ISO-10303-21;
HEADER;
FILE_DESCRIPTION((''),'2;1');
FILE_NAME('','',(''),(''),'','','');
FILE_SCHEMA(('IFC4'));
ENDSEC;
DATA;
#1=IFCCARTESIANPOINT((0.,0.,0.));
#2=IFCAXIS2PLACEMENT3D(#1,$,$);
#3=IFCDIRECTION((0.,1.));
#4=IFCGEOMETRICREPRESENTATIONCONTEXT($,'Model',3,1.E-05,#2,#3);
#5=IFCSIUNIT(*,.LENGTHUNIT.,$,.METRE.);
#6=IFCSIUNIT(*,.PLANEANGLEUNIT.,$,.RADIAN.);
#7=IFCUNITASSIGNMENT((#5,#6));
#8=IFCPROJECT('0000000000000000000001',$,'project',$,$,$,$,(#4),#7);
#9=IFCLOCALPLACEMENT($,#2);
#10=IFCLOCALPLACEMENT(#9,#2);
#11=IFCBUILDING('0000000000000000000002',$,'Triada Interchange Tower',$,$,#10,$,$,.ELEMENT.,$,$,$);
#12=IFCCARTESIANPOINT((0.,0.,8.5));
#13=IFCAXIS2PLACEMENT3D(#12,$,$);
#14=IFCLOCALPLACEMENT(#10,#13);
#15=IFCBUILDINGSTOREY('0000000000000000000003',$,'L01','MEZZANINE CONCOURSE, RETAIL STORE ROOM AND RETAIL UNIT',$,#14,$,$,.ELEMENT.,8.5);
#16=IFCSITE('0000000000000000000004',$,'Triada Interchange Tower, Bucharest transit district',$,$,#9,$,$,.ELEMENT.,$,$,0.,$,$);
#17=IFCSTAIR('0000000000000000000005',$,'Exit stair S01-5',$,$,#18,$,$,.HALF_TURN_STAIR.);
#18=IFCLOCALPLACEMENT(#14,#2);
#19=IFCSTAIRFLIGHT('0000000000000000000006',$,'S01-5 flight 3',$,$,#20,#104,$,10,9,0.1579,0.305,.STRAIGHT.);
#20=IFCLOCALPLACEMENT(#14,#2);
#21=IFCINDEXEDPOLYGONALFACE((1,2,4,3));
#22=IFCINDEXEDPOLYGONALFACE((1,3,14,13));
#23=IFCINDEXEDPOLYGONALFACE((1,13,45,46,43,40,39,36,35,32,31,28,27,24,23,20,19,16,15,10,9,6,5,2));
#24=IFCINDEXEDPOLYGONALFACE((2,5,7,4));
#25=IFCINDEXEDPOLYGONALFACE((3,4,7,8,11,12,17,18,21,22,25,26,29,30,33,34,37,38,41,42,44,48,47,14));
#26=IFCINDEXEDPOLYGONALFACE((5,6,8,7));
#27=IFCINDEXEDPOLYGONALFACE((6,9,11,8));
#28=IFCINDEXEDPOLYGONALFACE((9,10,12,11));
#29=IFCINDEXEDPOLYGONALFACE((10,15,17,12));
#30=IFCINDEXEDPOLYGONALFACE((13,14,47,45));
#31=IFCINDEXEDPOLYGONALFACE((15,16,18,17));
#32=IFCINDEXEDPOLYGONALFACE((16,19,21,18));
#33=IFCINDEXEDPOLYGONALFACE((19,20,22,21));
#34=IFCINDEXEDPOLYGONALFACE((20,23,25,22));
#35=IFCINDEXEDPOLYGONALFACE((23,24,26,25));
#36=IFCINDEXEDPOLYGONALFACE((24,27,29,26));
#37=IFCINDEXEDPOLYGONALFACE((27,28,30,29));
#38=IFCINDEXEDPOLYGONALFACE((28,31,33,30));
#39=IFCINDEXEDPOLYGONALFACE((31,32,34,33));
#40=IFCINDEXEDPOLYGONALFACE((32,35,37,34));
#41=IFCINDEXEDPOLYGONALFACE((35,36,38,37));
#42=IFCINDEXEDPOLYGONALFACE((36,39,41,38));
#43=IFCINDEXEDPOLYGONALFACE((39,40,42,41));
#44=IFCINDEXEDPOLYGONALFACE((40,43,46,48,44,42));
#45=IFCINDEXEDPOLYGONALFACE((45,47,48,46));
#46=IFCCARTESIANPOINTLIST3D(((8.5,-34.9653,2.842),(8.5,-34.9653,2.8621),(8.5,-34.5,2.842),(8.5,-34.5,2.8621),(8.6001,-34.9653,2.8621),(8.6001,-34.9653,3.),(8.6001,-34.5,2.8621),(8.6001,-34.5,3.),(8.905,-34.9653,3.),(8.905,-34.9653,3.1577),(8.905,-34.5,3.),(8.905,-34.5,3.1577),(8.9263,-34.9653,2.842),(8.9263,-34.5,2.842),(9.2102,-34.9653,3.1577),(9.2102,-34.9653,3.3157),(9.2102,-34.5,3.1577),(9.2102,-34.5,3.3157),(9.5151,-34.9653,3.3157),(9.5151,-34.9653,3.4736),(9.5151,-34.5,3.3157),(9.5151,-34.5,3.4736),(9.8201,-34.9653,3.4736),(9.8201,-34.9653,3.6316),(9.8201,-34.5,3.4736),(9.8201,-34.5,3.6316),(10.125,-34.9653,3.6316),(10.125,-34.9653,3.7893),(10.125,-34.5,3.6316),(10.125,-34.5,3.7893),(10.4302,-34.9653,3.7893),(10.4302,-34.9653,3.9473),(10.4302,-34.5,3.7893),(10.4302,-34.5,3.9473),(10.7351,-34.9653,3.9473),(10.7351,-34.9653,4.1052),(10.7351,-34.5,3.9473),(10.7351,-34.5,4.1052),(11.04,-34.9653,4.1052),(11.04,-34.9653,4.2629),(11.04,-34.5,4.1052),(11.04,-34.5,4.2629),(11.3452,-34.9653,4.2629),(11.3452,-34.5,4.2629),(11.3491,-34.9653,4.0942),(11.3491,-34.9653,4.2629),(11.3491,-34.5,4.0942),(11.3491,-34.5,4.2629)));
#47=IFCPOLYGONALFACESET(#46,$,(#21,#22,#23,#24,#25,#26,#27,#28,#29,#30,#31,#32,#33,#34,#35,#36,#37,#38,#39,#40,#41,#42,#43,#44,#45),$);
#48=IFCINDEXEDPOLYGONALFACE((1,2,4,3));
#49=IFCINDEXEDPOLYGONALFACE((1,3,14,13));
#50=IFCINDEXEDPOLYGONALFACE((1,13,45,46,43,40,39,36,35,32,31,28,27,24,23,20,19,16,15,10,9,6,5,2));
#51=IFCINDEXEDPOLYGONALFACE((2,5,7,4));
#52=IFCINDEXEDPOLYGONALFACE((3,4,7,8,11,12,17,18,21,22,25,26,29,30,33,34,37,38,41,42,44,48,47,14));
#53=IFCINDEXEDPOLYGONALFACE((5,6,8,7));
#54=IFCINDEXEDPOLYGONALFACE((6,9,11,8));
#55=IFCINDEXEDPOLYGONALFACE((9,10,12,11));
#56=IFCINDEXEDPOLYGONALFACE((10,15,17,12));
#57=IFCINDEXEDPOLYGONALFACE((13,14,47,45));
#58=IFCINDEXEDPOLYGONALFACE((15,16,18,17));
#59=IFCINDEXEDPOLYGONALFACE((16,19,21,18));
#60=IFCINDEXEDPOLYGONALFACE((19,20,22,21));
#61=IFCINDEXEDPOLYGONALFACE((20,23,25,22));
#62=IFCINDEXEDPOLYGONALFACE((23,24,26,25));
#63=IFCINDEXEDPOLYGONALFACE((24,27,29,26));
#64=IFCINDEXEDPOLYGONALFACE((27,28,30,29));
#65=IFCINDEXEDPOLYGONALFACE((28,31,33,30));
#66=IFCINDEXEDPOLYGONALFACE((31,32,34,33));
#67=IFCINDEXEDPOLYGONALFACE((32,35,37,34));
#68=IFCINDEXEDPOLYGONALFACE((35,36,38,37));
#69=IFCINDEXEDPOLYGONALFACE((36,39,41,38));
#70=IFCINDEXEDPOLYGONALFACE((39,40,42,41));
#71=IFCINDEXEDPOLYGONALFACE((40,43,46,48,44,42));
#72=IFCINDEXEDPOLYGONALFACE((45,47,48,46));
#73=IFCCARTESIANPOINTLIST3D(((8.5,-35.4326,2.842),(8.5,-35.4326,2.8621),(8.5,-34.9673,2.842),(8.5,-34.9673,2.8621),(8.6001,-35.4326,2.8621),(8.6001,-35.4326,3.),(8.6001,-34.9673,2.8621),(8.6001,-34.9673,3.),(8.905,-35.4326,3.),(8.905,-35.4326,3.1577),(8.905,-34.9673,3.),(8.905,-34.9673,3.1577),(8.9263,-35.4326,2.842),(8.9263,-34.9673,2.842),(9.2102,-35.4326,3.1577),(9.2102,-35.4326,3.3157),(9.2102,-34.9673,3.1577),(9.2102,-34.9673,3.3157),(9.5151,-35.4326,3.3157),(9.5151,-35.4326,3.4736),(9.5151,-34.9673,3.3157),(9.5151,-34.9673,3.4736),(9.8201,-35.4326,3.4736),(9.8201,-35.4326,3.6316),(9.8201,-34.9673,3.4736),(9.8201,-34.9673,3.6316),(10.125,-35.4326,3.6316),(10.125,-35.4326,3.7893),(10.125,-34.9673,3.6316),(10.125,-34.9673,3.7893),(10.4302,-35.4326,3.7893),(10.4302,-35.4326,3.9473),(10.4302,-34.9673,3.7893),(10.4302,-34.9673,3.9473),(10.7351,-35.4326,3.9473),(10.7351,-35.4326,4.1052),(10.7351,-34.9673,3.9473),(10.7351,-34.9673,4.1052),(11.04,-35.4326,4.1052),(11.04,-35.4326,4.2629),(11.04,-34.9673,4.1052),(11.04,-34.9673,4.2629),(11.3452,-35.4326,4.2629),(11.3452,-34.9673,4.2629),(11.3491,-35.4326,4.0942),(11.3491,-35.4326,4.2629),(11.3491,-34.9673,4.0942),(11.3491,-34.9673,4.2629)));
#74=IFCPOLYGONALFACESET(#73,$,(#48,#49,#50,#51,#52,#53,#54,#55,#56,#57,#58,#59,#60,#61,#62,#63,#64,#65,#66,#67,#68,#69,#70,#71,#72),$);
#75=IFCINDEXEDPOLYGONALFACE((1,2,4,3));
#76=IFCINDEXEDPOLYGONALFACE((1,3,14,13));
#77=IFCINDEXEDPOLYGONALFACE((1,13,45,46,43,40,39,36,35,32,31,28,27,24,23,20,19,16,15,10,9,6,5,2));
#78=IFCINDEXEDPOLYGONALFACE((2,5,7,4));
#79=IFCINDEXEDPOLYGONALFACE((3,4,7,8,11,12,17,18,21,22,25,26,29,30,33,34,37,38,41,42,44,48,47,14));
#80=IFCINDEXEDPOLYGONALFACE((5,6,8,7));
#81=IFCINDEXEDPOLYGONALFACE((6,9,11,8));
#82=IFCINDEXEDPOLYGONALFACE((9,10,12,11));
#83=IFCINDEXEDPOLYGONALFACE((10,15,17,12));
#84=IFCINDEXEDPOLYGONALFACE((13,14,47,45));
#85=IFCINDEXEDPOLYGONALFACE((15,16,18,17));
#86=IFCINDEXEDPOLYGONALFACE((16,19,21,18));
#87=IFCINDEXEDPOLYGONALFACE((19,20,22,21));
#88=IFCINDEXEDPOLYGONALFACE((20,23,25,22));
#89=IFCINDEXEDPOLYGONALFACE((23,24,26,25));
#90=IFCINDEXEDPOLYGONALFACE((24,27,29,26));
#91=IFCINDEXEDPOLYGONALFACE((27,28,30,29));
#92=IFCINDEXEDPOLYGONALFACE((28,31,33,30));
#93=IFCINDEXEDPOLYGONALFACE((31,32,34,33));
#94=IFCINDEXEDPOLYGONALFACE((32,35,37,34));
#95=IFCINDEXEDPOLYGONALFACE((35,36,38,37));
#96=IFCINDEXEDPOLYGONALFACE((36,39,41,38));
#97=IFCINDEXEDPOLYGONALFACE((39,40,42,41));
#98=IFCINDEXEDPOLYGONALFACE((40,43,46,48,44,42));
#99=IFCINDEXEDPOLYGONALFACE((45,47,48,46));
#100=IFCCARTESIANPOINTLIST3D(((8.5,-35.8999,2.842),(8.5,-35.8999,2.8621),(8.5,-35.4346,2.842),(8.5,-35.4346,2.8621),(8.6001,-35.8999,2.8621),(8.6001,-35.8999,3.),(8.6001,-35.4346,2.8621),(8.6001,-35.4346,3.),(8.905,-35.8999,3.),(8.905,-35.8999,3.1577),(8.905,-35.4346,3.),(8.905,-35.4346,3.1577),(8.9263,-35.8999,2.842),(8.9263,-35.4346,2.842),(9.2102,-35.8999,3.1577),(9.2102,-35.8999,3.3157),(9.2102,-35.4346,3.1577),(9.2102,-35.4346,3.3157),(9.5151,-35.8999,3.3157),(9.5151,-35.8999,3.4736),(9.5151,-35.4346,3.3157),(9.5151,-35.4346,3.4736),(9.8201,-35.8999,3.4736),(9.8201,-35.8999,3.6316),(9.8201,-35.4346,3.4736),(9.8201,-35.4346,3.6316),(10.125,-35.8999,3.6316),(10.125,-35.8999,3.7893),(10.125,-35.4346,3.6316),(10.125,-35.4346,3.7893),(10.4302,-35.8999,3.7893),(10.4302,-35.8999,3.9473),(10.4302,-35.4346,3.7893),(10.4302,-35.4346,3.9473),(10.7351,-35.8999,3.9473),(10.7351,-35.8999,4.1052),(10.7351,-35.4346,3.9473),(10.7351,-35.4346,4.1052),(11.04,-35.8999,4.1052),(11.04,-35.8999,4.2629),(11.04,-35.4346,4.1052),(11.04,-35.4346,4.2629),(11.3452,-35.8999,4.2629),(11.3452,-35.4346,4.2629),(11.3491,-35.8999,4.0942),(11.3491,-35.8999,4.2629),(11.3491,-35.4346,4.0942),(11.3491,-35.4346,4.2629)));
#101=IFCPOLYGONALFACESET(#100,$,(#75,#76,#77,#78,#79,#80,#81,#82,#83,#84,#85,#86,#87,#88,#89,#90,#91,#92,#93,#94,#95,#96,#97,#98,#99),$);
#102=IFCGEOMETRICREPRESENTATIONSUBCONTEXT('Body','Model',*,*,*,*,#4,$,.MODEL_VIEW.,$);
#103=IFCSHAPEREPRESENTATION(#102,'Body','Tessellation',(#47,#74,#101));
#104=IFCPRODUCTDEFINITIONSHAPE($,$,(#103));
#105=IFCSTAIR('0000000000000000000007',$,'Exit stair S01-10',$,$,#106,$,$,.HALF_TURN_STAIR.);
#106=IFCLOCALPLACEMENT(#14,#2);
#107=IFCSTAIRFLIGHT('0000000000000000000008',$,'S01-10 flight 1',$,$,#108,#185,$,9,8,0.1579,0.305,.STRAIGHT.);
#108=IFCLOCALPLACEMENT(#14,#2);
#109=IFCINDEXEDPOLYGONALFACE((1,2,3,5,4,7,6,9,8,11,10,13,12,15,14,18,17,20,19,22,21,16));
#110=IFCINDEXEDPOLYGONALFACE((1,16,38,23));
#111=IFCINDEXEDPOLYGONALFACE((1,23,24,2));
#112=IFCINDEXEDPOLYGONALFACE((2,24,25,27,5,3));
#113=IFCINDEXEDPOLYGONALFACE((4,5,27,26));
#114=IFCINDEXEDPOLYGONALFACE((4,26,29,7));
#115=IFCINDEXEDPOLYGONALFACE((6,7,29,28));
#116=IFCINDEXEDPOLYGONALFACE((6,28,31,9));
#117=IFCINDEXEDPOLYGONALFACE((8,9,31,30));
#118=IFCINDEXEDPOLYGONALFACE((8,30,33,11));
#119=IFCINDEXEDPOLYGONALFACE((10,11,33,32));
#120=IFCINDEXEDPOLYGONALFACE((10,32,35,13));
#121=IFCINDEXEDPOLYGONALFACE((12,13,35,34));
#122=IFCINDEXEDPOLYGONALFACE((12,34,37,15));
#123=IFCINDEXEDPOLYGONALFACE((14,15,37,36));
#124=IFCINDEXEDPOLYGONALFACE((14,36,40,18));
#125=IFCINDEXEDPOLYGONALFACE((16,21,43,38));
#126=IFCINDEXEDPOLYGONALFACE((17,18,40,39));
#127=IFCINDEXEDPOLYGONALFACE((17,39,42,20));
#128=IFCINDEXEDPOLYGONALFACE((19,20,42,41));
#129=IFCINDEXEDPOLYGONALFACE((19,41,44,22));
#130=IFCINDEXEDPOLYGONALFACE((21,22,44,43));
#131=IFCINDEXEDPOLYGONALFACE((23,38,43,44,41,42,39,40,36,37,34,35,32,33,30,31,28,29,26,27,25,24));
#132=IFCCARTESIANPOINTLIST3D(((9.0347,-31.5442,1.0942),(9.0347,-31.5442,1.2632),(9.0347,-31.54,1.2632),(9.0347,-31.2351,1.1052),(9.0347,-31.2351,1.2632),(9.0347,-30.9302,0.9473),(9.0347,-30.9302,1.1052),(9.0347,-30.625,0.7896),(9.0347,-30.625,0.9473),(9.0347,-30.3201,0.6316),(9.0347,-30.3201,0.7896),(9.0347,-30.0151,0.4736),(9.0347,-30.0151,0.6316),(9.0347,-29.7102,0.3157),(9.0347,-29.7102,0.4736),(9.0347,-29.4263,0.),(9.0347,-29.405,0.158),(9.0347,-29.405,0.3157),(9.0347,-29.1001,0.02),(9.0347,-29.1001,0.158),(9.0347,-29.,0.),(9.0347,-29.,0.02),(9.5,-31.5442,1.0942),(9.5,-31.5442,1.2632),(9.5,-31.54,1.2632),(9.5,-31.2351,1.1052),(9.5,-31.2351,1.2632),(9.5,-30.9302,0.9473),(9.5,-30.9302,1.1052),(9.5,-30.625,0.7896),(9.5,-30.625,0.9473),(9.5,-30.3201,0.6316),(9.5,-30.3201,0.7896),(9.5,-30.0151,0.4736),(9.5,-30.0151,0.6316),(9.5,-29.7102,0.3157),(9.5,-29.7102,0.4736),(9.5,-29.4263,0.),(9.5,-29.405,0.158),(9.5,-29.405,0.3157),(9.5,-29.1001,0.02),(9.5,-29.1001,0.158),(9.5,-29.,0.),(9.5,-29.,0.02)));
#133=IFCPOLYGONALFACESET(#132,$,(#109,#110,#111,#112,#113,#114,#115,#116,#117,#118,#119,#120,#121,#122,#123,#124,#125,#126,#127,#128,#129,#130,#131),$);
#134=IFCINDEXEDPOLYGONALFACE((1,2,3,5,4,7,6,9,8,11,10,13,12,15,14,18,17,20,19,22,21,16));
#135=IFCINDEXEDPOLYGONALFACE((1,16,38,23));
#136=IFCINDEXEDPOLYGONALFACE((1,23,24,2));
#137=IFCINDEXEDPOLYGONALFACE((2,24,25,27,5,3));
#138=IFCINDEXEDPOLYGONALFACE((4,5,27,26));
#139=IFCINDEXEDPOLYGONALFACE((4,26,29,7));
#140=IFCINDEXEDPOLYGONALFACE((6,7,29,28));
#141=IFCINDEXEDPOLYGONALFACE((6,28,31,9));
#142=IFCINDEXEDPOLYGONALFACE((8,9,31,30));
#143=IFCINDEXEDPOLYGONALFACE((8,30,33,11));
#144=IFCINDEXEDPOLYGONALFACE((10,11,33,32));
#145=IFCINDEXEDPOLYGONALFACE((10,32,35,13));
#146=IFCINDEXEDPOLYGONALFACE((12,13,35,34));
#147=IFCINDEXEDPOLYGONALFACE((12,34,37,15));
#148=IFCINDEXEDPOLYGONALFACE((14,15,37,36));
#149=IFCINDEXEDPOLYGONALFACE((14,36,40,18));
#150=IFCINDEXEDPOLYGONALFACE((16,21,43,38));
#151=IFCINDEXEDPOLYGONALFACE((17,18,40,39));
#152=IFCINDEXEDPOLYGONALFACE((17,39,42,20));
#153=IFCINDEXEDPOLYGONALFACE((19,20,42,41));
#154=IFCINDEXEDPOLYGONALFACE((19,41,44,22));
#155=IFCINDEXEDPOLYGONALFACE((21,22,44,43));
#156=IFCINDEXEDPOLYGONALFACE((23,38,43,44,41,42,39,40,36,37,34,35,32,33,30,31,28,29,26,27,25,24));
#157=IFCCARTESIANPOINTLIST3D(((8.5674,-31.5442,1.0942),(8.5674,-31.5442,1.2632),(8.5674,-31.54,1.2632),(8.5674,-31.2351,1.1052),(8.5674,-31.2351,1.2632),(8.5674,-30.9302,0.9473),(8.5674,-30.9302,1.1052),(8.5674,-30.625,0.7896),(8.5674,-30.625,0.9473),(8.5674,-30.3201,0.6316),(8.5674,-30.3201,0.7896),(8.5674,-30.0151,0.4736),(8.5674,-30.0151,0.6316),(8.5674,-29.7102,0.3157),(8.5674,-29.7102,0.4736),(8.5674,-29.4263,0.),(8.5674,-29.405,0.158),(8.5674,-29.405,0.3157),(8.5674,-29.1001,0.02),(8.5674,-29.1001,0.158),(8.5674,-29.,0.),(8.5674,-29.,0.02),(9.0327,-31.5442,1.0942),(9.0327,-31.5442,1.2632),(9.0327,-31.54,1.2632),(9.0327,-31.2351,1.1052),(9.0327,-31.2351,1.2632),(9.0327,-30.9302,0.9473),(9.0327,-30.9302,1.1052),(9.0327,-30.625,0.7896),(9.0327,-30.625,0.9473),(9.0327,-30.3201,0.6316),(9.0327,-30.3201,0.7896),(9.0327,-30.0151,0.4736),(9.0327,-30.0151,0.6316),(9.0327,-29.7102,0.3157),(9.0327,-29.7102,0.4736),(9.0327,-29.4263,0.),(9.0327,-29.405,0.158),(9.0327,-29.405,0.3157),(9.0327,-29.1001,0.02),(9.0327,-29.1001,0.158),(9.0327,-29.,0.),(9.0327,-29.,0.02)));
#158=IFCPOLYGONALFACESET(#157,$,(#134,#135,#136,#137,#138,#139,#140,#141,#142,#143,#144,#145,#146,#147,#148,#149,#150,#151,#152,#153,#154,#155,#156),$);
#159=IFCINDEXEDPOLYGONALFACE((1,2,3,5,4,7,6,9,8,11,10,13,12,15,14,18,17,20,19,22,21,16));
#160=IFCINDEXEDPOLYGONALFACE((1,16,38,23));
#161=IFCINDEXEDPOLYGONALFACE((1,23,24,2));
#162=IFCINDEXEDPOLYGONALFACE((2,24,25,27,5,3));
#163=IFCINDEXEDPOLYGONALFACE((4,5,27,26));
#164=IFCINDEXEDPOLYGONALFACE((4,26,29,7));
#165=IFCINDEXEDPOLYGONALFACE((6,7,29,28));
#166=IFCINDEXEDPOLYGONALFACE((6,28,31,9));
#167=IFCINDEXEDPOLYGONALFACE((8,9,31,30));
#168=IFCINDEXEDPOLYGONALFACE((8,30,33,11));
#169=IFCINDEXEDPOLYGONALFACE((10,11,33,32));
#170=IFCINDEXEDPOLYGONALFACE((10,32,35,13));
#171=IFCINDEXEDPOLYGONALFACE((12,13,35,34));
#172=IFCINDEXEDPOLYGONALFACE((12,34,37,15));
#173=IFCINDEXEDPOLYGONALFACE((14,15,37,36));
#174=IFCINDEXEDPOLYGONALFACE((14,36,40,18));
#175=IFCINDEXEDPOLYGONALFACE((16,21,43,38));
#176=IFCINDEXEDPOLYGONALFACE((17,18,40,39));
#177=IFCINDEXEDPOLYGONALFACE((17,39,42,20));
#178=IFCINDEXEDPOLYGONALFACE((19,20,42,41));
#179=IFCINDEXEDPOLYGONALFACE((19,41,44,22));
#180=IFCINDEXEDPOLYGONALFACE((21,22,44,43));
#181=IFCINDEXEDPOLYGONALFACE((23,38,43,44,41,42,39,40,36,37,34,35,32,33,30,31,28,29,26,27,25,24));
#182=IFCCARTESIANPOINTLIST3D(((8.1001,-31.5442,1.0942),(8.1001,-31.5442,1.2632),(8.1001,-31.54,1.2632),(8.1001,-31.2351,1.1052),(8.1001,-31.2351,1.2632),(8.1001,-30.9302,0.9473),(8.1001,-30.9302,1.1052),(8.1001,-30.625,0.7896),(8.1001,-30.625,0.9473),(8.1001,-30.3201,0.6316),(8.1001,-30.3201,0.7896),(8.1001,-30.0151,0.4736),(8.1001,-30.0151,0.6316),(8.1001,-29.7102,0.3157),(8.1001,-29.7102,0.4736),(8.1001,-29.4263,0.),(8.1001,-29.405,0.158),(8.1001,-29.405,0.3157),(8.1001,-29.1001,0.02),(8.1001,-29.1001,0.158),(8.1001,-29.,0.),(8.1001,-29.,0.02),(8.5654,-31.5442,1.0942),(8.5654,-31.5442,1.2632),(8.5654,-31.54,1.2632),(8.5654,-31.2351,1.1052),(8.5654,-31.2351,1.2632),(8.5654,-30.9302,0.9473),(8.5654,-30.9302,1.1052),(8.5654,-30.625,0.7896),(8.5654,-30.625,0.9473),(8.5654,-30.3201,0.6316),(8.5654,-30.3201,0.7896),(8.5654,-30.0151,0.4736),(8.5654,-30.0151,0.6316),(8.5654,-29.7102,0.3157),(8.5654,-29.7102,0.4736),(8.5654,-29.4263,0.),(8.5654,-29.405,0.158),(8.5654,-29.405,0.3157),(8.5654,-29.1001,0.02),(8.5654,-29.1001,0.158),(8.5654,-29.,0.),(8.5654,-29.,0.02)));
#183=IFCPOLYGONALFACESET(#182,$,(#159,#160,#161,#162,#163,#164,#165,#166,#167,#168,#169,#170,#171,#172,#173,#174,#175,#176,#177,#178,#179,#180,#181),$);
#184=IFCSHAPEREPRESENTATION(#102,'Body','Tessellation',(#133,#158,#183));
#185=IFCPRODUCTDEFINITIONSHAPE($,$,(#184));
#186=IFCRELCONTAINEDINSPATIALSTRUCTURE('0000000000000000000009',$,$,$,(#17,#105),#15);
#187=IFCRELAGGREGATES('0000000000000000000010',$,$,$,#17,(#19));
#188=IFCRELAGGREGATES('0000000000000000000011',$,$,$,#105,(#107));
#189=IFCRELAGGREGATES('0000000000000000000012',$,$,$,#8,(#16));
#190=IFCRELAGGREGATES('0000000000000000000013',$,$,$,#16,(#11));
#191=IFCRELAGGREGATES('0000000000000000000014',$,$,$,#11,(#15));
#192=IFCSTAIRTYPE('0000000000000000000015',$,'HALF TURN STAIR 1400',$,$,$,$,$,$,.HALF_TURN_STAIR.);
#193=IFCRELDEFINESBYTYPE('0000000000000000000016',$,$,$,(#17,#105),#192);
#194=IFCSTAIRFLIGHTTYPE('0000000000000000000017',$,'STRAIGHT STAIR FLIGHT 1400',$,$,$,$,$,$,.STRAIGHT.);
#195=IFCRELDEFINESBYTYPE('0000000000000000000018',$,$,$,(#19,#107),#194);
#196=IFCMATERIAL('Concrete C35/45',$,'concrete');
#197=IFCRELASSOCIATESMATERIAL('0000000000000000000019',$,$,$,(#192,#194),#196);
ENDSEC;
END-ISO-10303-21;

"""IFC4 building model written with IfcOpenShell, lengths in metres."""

from ifc_helpers import new_model, si_unit, direction, frame, origin, place, context, subcontext, project, spatial, polyline, outline, extrude, material, type_object, element, aggregate, save


model = new_model("IFC4")

# Units and contexts
model_context = context("Model", 3, precision=1e-05, world=origin(), true_north=direction((0.0, 1.0)))
body_context = subcontext(model_context, "Body", "Model", "MODEL_VIEW")
ifc_project = project(units=[si_unit("LENGTHUNIT", "METRE"), si_unit("PLANEANGLEUNIT", "RADIAN")], contexts=[model_context])

# Site, building, storey
site_placement = place(None, origin())
site = spatial("IfcSite", under=ifc_project, at=site_placement, Name="Triada Interchange Tower, Bucharest transit district", CompositionType="ELEMENT", RefElevation=0.0)
building_placement = place(site_placement, origin())
building = spatial("IfcBuilding", under=site, at=building_placement, Name="Triada Interchange Tower", CompositionType="ELEMENT")
storey_placement = place(building_placement, frame((0.0, 0.0, 8.5)))
storey = spatial("IfcBuildingStorey", under=building, at=storey_placement, Name="L01", Description="MEZZANINE CONCOURSE, RETAIL STORE ROOM AND RETAIL UNIT", CompositionType="ELEMENT", Elevation=8.5)

# Shared definitions
ifc_material_1 = material(Name="Concrete C35/45", Category="concrete")

# Stair, stair flight
stair_type = type_object("IfcStairType", Name="HALF TURN STAIR 1400", PredefinedType="HALF_TURN_STAIR", material=ifc_material_1)
stair_1_placement = place(storey_placement, origin())
stair_1 = element("IfcStair", 1, at=stair_1_placement, inside=storey, type_object=stair_type, Name="Exit stair S01-5", PredefinedType="HALF_TURN_STAIR")
stair_flight_type = type_object("IfcStairFlightType", Name="STRAIGHT STAIR FLIGHT 1400", PredefinedType="STRAIGHT", material=ifc_material_1)
stair_flight_1_placement = place(storey_placement, frame((8.6001, -35.2, 2.842), z_axis=(0.0, 0.0, 1.0), x_axis=(1.0, 0.0, 0.0)))
stair_flight_1 = element("IfcStairFlight", 2, at=stair_flight_1_placement, type_object=stair_flight_type, Name="S01-5 flight 3", NumberOfRisers=10, NumberOfTreads=9, PredefinedType="STRAIGHT", RiserHeight=0.1579, TreadLength=0.305, context=body_context, shape_type="SweptSolid", body=[
    extrude(outline(polyline([(-0.1001, 0.0), (-0.1001, 0.02), (0.0, 0.02), (0.0, 0.158), (0.3049, 0.158), (0.3049, 0.3157), (0.6101, 0.3157), (0.6101, 0.4736), (0.915, 0.4736), (0.915, 0.6316), (1.22, 0.6316), (1.22, 0.7896), (1.5249, 0.7896), (1.5249, 0.9473), (1.8301, 0.9473), (1.8301, 1.1052), (2.135, 1.1052), (2.135, 1.2632), (2.4399, 1.2632), (2.4399, 1.4209), (2.7451, 1.4209), (2.749, 1.4209), (2.749, 1.5789), (2.749, 1.2522), (0.3262, 0.0), (-0.1001, 0.0)])), frame((0.0, 0.7, 0.0), z_axis=(0.0, -1.0, 0.0), x_axis=(1.0, 0.0, 0.0)), (0.0, 0.0, 1.0), 0.4653),
    extrude(outline(polyline([(-0.1001, 0.0), (-0.1001, 0.02), (0.0, 0.02), (0.0, 0.158), (0.3049, 0.158), (0.3049, 0.3157), (0.6101, 0.3157), (0.6101, 0.4736), (0.915, 0.4736), (0.915, 0.6316), (1.22, 0.6316), (1.22, 0.7896), (1.5249, 0.7896), (1.5249, 0.9473), (1.8301, 0.9473), (1.8301, 1.1052), (2.135, 1.1052), (2.135, 1.2632), (2.4399, 1.2632), (2.4399, 1.4209), (2.7451, 1.4209), (2.749, 1.4209), (2.749, 1.5789), (2.749, 1.2522), (0.3262, 0.0), (-0.1001, 0.0)])), frame((0.0, 0.2327, 0.0), z_axis=(0.0, -1.0, 0.0), x_axis=(1.0, 0.0, 0.0)), (0.0, 0.0, 1.0), 0.4653),
    extrude(outline(polyline([(-0.1001, 0.0), (-0.1001, 0.02), (0.0, 0.02), (0.0, 0.158), (0.3049, 0.158), (0.3049, 0.3157), (0.6101, 0.3157), (0.6101, 0.4736), (0.915, 0.4736), (0.915, 0.6316), (1.22, 0.6316), (1.22, 0.7896), (1.5249, 0.7896), (1.5249, 0.9473), (1.8301, 0.9473), (1.8301, 1.1052), (2.135, 1.1052), (2.135, 1.2632), (2.4399, 1.2632), (2.4399, 1.4209), (2.7451, 1.4209), (2.749, 1.4209), (2.749, 1.5789), (2.749, 1.2522), (0.3262, 0.0), (-0.1001, 0.0)])), frame((0.0, -0.2346, 0.0), z_axis=(0.0, -1.0, 0.0), x_axis=(1.0, 0.0, 0.0)), (0.0, 0.0, 1.0), 0.4653),
])

# Stair, stair flight
stair_2_placement = place(storey_placement, origin())
stair_2 = element("IfcStair", 3, at=stair_2_placement, inside=storey, type_object=stair_type, Name="Exit stair S01-10", PredefinedType="HALF_TURN_STAIR")
stair_flight_2_placement = place(storey_placement, frame((8.8, -29.1001, 0.0), z_axis=(0.0, 0.0, 1.0), x_axis=(0.0, -1.0, 0.0)))
stair_flight_2 = element("IfcStairFlight", 4, at=stair_flight_2_placement, type_object=stair_flight_type, Name="S01-10 flight 1", NumberOfRisers=9, NumberOfTreads=8, PredefinedType="STRAIGHT", RiserHeight=0.1579, TreadLength=0.305, context=body_context, shape_type="SweptSolid", body=[
    extrude(outline(polyline([(-0.1001, 0.0), (-0.1001, 0.02), (0.0, 0.02), (0.0, 0.158), (0.3049, 0.158), (0.3049, 0.3157), (0.6101, 0.3157), (0.6101, 0.4736), (0.915, 0.4736), (0.915, 0.6316), (1.22, 0.6316), (1.22, 0.7896), (1.5249, 0.7896), (1.5249, 0.9473), (1.8301, 0.9473), (1.8301, 1.1052), (2.135, 1.1052), (2.135, 1.2632), (2.4399, 1.2632), (2.4441, 1.2632), (2.4441, 1.4209), (2.4441, 1.0942), (0.3262, 0.0), (-0.1001, 0.0)])), frame((0.0, 0.7, 0.0), z_axis=(0.0, -1.0, 0.0), x_axis=(1.0, 0.0, 0.0)), (0.0, 0.0, 1.0), 0.4653),
    extrude(outline(polyline([(-0.1001, 0.0), (-0.1001, 0.02), (0.0, 0.02), (0.0, 0.158), (0.3049, 0.158), (0.3049, 0.3157), (0.6101, 0.3157), (0.6101, 0.4736), (0.915, 0.4736), (0.915, 0.6316), (1.22, 0.6316), (1.22, 0.7896), (1.5249, 0.7896), (1.5249, 0.9473), (1.8301, 0.9473), (1.8301, 1.1052), (2.135, 1.1052), (2.135, 1.2632), (2.4399, 1.2632), (2.4441, 1.2632), (2.4441, 1.4209), (2.4441, 1.0942), (0.3262, 0.0), (-0.1001, 0.0)])), frame((0.0, 0.2327, 0.0), z_axis=(0.0, -1.0, 0.0), x_axis=(1.0, 0.0, 0.0)), (0.0, 0.0, 1.0), 0.4653),
    extrude(outline(polyline([(-0.1001, 0.0), (-0.1001, 0.02), (0.0, 0.02), (0.0, 0.158), (0.3049, 0.158), (0.3049, 0.3157), (0.6101, 0.3157), (0.6101, 0.4736), (0.915, 0.4736), (0.915, 0.6316), (1.22, 0.6316), (1.22, 0.7896), (1.5249, 0.7896), (1.5249, 0.9473), (1.8301, 0.9473), (1.8301, 1.1052), (2.135, 1.1052), (2.135, 1.2632), (2.4399, 1.2632), (2.4441, 1.2632), (2.4441, 1.4209), (2.4441, 1.0942), (0.3262, 0.0), (-0.1001, 0.0)])), frame((0.0, -0.2346, 0.0), z_axis=(0.0, -1.0, 0.0), x_axis=(1.0, 0.0, 0.0)), (0.0, 0.0, 1.0), 0.4653),
])

aggregate(stair_1, [stair_flight_1])
aggregate(stair_2, [stair_flight_2])

save(model, "model.ifc")
